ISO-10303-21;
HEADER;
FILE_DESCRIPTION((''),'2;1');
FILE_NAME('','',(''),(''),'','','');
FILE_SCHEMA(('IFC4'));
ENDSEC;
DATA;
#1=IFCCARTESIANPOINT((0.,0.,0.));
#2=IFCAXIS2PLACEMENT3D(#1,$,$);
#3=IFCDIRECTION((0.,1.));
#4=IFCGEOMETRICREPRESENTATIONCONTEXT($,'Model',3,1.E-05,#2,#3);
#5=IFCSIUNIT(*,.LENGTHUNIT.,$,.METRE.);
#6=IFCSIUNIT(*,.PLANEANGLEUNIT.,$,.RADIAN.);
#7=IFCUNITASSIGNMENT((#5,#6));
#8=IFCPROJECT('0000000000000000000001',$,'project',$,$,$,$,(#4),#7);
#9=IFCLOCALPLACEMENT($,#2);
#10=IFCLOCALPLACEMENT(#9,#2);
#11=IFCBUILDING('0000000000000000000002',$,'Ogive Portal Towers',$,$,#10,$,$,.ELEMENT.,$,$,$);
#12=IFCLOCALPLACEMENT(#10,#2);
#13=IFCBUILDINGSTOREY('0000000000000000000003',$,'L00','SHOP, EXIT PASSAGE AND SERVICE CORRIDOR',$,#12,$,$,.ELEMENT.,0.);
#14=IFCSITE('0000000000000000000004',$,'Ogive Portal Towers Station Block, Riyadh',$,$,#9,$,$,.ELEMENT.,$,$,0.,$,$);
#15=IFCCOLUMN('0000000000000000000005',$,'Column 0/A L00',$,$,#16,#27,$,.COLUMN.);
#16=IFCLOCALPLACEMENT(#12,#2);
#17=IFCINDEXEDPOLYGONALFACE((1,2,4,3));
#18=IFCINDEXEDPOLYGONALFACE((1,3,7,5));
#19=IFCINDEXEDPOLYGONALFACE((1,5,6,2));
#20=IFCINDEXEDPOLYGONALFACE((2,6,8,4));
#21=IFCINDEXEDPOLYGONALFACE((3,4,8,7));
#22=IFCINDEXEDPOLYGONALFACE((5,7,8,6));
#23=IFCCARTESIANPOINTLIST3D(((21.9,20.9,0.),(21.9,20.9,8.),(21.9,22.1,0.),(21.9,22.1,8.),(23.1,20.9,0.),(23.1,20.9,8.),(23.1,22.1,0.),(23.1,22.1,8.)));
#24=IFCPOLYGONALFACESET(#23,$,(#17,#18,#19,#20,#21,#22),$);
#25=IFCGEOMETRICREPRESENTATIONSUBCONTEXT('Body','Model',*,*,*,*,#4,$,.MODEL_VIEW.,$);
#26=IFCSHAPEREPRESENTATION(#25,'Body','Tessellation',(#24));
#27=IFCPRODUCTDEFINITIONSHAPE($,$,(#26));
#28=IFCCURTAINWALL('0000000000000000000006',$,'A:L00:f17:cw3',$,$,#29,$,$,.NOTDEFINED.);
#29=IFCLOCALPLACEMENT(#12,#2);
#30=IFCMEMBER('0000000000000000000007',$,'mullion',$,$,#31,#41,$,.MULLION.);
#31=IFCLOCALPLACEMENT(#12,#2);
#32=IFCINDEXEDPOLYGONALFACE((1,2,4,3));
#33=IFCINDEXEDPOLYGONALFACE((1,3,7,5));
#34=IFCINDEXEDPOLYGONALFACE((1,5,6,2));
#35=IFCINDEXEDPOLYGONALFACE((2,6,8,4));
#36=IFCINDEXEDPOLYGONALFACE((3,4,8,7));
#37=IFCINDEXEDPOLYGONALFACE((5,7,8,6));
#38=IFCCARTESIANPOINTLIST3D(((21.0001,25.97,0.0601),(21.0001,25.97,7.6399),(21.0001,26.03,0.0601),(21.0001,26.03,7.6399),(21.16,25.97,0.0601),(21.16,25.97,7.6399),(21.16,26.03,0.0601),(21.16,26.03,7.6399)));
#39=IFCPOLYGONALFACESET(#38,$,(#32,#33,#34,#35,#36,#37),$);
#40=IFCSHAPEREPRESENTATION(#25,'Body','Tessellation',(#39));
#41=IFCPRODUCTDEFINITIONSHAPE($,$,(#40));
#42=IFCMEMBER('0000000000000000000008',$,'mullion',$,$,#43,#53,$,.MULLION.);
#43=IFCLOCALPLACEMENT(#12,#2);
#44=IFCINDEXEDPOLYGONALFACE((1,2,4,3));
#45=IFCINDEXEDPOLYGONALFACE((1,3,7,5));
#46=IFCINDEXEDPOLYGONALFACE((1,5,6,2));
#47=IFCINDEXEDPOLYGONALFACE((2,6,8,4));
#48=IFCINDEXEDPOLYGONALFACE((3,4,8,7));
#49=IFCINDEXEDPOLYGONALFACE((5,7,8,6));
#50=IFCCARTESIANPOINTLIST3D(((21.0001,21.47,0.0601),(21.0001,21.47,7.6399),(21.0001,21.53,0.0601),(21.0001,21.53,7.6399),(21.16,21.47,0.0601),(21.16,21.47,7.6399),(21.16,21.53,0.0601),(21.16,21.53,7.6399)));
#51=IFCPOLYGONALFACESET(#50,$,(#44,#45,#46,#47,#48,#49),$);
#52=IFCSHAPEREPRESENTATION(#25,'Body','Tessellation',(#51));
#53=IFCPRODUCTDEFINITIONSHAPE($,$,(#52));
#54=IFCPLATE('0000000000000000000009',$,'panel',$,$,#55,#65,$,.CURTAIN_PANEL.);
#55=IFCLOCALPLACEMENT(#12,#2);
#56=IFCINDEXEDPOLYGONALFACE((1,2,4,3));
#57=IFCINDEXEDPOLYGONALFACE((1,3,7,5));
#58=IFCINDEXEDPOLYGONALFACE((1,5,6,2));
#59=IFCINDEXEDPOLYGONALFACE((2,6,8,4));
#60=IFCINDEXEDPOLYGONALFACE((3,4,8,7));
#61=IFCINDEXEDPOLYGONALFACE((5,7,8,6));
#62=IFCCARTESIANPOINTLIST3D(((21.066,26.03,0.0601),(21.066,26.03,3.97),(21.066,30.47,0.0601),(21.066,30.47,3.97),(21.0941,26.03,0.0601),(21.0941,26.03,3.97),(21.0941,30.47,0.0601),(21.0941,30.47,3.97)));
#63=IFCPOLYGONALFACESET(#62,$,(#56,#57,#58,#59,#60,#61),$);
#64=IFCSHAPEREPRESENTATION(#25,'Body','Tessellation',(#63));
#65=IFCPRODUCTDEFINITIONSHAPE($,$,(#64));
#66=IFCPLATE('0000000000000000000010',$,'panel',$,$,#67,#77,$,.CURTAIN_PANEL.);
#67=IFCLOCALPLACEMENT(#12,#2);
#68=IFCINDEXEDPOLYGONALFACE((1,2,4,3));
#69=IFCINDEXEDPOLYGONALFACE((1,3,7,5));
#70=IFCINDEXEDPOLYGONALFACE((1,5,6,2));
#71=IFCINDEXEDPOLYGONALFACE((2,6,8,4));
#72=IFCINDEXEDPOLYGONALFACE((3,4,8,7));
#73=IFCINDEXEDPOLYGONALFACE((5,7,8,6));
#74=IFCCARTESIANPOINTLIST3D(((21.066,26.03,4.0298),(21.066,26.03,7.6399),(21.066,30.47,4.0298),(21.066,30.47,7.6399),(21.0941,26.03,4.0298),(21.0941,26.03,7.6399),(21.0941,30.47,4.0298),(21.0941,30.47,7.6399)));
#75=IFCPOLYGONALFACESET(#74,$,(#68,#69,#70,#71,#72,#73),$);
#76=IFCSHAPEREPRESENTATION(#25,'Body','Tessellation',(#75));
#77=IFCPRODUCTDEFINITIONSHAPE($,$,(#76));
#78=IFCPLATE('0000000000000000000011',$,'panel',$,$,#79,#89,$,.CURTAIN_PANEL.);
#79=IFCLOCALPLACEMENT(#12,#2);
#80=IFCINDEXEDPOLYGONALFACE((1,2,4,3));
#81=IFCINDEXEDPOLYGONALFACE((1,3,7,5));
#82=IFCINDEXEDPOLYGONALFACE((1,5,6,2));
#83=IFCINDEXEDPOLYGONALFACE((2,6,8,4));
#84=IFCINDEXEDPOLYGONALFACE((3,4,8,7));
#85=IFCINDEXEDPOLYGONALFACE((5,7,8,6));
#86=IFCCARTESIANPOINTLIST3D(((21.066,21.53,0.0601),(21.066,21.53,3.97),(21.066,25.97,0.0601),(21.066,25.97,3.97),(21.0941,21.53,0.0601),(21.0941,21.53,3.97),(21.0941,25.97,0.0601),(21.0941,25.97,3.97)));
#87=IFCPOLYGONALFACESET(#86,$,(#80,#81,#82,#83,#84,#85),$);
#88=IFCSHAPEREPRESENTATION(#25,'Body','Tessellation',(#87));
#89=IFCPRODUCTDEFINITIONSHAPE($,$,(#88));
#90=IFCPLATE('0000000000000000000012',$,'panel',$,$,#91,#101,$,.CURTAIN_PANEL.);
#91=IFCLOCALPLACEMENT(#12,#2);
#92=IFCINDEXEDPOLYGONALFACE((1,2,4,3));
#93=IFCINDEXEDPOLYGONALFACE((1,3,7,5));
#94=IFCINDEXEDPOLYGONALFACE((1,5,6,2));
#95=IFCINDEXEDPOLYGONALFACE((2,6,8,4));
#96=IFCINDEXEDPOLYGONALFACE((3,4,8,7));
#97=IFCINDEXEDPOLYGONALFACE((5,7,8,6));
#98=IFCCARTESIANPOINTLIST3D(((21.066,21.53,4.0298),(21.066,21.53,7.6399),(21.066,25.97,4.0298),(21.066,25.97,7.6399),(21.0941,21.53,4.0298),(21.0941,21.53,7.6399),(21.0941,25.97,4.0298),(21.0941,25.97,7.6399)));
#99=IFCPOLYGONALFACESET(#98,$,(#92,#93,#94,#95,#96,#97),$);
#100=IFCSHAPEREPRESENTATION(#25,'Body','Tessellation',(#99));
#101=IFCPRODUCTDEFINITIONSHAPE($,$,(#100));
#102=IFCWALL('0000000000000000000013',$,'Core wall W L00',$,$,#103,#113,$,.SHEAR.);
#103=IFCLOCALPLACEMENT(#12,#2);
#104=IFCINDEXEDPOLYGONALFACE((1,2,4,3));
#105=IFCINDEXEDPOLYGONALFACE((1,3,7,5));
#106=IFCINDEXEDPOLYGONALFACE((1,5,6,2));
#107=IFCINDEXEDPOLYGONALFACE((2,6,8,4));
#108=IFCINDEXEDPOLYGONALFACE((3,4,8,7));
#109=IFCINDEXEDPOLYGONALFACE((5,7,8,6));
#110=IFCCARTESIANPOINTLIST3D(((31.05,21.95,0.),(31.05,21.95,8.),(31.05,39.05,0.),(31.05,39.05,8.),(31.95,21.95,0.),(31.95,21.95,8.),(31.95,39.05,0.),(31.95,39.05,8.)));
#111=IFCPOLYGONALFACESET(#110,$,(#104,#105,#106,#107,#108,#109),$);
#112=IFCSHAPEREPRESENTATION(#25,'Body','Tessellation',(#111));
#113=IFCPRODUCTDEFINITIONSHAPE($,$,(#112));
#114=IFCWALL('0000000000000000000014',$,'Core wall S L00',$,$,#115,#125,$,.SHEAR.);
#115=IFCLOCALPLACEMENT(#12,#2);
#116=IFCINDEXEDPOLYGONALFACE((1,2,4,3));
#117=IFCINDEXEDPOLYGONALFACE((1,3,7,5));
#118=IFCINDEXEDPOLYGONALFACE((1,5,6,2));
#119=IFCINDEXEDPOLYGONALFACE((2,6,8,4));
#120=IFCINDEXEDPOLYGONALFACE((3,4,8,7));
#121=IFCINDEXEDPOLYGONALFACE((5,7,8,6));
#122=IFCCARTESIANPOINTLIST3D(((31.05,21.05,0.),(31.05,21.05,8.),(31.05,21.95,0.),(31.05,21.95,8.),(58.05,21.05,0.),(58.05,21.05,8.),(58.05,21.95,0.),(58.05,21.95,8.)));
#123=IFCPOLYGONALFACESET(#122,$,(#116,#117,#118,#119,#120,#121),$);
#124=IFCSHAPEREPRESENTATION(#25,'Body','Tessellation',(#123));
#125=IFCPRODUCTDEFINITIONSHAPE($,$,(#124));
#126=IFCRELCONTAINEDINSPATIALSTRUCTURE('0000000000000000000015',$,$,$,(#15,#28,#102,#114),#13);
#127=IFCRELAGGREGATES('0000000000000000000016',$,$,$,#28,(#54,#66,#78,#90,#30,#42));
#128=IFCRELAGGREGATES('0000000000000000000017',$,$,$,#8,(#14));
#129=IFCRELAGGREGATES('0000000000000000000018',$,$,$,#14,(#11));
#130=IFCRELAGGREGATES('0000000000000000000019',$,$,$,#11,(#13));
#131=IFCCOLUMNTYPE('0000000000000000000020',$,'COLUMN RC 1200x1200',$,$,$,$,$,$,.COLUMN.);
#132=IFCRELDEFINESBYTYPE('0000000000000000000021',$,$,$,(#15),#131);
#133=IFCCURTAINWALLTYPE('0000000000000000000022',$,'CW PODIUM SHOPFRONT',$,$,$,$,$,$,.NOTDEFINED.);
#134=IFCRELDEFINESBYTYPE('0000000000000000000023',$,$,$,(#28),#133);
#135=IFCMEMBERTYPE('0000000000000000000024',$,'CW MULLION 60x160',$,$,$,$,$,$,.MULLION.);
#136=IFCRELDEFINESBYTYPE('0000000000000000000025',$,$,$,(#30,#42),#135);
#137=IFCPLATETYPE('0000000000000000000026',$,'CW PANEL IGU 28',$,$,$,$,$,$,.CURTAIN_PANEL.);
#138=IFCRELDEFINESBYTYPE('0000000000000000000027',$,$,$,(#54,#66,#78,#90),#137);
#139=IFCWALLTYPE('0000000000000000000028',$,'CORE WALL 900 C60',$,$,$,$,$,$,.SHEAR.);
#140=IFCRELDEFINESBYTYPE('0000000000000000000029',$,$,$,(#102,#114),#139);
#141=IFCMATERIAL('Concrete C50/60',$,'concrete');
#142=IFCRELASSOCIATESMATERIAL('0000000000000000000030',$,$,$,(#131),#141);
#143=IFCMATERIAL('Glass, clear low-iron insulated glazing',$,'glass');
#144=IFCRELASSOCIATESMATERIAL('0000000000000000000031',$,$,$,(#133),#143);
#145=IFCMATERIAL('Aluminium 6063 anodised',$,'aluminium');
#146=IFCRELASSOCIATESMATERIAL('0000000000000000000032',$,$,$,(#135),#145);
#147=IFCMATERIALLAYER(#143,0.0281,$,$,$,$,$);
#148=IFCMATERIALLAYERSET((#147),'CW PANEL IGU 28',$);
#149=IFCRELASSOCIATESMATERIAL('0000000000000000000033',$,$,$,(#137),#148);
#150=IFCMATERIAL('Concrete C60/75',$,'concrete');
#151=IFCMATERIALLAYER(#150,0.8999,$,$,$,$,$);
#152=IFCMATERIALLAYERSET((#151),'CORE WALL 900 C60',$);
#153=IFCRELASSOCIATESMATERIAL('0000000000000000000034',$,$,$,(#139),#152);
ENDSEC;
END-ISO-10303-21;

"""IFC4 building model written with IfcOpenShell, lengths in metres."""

from ifc_helpers import new_model, si_unit, direction, frame, frame_2d, origin, origin_2d, place, context, subcontext, project, spatial, rectangle, extrude, material, layer, layer_set, material_profile, profile_set, type_object, element, aggregate, save


model = new_model("IFC4")

# Units and contexts
model_context = context("Model", 3, precision=1e-05, world=origin(), true_north=direction((0.0, 1.0)))
body_context = subcontext(model_context, "Body", "Model", "MODEL_VIEW")
ifc_project = project(units=[si_unit("LENGTHUNIT", "METRE"), si_unit("PLANEANGLEUNIT", "RADIAN")], contexts=[model_context])

# Site, building, storey
site_placement = place(None, origin())
site = spatial("IfcSite", under=ifc_project, at=site_placement, Name="Ogive Portal Towers Station Block, Riyadh", CompositionType="ELEMENT", RefElevation=0.0)
building_placement = place(site_placement, origin())
building = spatial("IfcBuilding", under=site, at=building_placement, Name="Ogive Portal Towers", CompositionType="ELEMENT")
storey_placement = place(building_placement, origin())
storey = spatial("IfcBuildingStorey", under=building, at=storey_placement, Name="L00", Description="SHOP, EXIT PASSAGE AND SERVICE CORRIDOR", CompositionType="ELEMENT", Elevation=0.0)

# Column
ifc_material_1 = material(Name="Concrete C50/60", Category="concrete")
ifc_material_profile_1 = material_profile(ifc_material_1, rectangle(XDim=1.2, YDim=1.2, at=origin_2d()), Name="RC 1200x1200")
ifc_profile_set_1 = profile_set([ifc_material_profile_1], Name="Concrete C50/60")
column_type = type_object("IfcColumnType", Name="COLUMN RC 1200x1200", PredefinedType="COLUMN", material=ifc_profile_set_1)
column_placement = place(storey_placement, frame((22.5, 21.5, 0.0), z_axis=(0.0, 0.0, 1.0), x_axis=(1.0, 0.0, 0.0)))
element("IfcColumn", 1, at=column_placement, inside=storey, type_object=column_type, Name="Column 0/A L00", PredefinedType="COLUMN", context=body_context, shape_type="SweptSolid", body=[
    extrude(rectangle(XDim=1.2, YDim=1.2, at=origin_2d()), origin(), (0.0, 0.0, 1.0), 8.0),
])

# Curtain wall, members, plates
ifc_material_2 = material(Name="Glass, clear low-iron insulated glazing", Category="glass")
curtain_wall_type = type_object("IfcCurtainWallType", Name="CW PODIUM SHOPFRONT", PredefinedType="NOTDEFINED", material=ifc_material_2)
curtain_wall_placement = place(storey_placement, origin())
curtain_wall = element("IfcCurtainWall", 2, at=curtain_wall_placement, inside=storey, type_object=curtain_wall_type, Name="A:L00:f17:cw3", PredefinedType="NOTDEFINED")
ifc_material_3 = material(Name="Aluminium 6063 anodised", Category="aluminium")
ifc_material_profile_2 = material_profile(ifc_material_3, rectangle(XDim=0.1599, YDim=0.0601, at=origin_2d()), Name="AL 60x160")
ifc_profile_set_2 = profile_set([ifc_material_profile_2], Name="Aluminium 6063 anodised")
member_type = type_object("IfcMemberType", Name="CW MULLION 60x160", PredefinedType="MULLION", material=ifc_profile_set_2)
member_1_placement = place(storey_placement, frame((21.0801, 26.0, 0.0601), z_axis=(0.0, 0.0, 1.0), x_axis=(1.0, 0.0, 0.0)))
member_1 = element("IfcMember", 3, at=member_1_placement, type_object=member_type, Name="mullion", PredefinedType="MULLION", context=body_context, shape_type="SweptSolid", body=[
    extrude(rectangle(XDim=0.1599, YDim=0.0601, at=origin_2d()), origin(), (0.0, 0.0, 1.0), 7.5798),
])
member_2_placement = place(storey_placement, frame((21.0801, 21.5, 0.0601), z_axis=(0.0, 0.0, 1.0), x_axis=(1.0, 0.0, 0.0)))
member_2 = element("IfcMember", 4, at=member_2_placement, type_object=member_type, Name="mullion", PredefinedType="MULLION", context=body_context, shape_type="SweptSolid", body=[
    extrude(rectangle(XDim=0.1599, YDim=0.0601, at=origin_2d()), origin(), (0.0, 0.0, 1.0), 7.5798),
])
ifc_layer_1 = layer(ifc_material_2, 0.0281)
ifc_layer_set_1 = layer_set([ifc_layer_1], Name="CW PANEL IGU 28")
plate_type = type_object("IfcPlateType", Name="CW PANEL IGU 28", PredefinedType="CURTAIN_PANEL", material=ifc_layer_set_1)
plate_1_placement = place(storey_placement, frame((21.0801, 28.25, 0.0601), z_axis=(0.0, 0.0, 1.0), x_axis=(0.0, -1.0, 0.0)))
plate_1 = element("IfcPlate", 5, at=plate_1_placement, type_object=plate_type, Name="panel", PredefinedType="CURTAIN_PANEL", context=body_context, shape_type="SweptSolid", body=[
    extrude(rectangle(XDim=4.4399, YDim=0.0281, at=origin_2d()), origin(), (0.0, 0.0, 1.0), 3.9099),
])
plate_2_placement = place(storey_placement, frame((21.0801, 28.25, 4.0298), z_axis=(0.0, 0.0, 1.0), x_axis=(0.0, -1.0, 0.0)))
plate_2 = element("IfcPlate", 6, at=plate_2_placement, type_object=plate_type, Name="panel", PredefinedType="CURTAIN_PANEL", context=body_context, shape_type="SweptSolid", body=[
    extrude(rectangle(XDim=4.4399, YDim=0.0281, at=origin_2d()), origin(), (0.0, 0.0, 1.0), 3.6101),
])
plate_3_placement = place(storey_placement, frame((21.0801, 23.75, 0.0601), z_axis=(0.0, 0.0, 1.0), x_axis=(0.0, -1.0, 0.0)))
plate_3 = element("IfcPlate", 7, at=plate_3_placement, type_object=plate_type, Name="panel", PredefinedType="CURTAIN_PANEL", context=body_context, shape_type="SweptSolid", body=[
    extrude(rectangle(XDim=4.4399, YDim=0.0281, at=origin_2d()), origin(), (0.0, 0.0, 1.0), 3.9099),
])
plate_4_placement = place(storey_placement, frame((21.0801, 23.75, 4.0298), z_axis=(0.0, 0.0, 1.0), x_axis=(0.0, -1.0, 0.0)))
plate_4 = element("IfcPlate", 8, at=plate_4_placement, type_object=plate_type, Name="panel", PredefinedType="CURTAIN_PANEL", context=body_context, shape_type="SweptSolid", body=[
    extrude(rectangle(XDim=4.4399, YDim=0.0281, at=origin_2d()), origin(), (0.0, 0.0, 1.0), 3.6101),
])
aggregate(curtain_wall, [plate_1, plate_2, plate_3, plate_4, member_1, member_2])

# Walls
ifc_material_4 = material(Name="Concrete C60/75", Category="concrete")
ifc_layer_2 = layer(ifc_material_4, 0.8999)
ifc_layer_set_2 = layer_set([ifc_layer_2], Name="CORE WALL 900 C60")
wall_type_1 = type_object("IfcWallType", Name="CORE WALL 900 C60", PredefinedType="SHEAR", material=ifc_layer_set_2)
wall_1_placement = place(storey_placement, frame((31.5, 21.95, 0.0), z_axis=(0.0, 0.0, 1.0), x_axis=(0.0, 1.0, 0.0)))
element("IfcWall", 9, at=wall_1_placement, inside=storey, type_object=wall_type_1, Name="Core wall W L00", PredefinedType="SHEAR", context=body_context, shape_type="SweptSolid", body=[
    extrude(rectangle(XDim=17.1001, YDim=0.8999, at=frame_2d((8.55, 0.0))), origin(), (0.0, 0.0, 1.0), 8.0),
])
wall_2_placement = place(storey_placement, frame((31.05, 21.5, 0.0), z_axis=(0.0, 0.0, 1.0), x_axis=(1.0, 0.0, 0.0)))
element("IfcWall", 10, at=wall_2_placement, inside=storey, type_object=wall_type_1, Name="Core wall S L00", PredefinedType="SHEAR", context=body_context, shape_type="SweptSolid", body=[
    extrude(rectangle(XDim=27.0, YDim=0.8999, at=frame_2d((13.5, 0.0))), origin(), (0.0, 0.0, 1.0), 8.0),
])

save(model, "model.ifc")
